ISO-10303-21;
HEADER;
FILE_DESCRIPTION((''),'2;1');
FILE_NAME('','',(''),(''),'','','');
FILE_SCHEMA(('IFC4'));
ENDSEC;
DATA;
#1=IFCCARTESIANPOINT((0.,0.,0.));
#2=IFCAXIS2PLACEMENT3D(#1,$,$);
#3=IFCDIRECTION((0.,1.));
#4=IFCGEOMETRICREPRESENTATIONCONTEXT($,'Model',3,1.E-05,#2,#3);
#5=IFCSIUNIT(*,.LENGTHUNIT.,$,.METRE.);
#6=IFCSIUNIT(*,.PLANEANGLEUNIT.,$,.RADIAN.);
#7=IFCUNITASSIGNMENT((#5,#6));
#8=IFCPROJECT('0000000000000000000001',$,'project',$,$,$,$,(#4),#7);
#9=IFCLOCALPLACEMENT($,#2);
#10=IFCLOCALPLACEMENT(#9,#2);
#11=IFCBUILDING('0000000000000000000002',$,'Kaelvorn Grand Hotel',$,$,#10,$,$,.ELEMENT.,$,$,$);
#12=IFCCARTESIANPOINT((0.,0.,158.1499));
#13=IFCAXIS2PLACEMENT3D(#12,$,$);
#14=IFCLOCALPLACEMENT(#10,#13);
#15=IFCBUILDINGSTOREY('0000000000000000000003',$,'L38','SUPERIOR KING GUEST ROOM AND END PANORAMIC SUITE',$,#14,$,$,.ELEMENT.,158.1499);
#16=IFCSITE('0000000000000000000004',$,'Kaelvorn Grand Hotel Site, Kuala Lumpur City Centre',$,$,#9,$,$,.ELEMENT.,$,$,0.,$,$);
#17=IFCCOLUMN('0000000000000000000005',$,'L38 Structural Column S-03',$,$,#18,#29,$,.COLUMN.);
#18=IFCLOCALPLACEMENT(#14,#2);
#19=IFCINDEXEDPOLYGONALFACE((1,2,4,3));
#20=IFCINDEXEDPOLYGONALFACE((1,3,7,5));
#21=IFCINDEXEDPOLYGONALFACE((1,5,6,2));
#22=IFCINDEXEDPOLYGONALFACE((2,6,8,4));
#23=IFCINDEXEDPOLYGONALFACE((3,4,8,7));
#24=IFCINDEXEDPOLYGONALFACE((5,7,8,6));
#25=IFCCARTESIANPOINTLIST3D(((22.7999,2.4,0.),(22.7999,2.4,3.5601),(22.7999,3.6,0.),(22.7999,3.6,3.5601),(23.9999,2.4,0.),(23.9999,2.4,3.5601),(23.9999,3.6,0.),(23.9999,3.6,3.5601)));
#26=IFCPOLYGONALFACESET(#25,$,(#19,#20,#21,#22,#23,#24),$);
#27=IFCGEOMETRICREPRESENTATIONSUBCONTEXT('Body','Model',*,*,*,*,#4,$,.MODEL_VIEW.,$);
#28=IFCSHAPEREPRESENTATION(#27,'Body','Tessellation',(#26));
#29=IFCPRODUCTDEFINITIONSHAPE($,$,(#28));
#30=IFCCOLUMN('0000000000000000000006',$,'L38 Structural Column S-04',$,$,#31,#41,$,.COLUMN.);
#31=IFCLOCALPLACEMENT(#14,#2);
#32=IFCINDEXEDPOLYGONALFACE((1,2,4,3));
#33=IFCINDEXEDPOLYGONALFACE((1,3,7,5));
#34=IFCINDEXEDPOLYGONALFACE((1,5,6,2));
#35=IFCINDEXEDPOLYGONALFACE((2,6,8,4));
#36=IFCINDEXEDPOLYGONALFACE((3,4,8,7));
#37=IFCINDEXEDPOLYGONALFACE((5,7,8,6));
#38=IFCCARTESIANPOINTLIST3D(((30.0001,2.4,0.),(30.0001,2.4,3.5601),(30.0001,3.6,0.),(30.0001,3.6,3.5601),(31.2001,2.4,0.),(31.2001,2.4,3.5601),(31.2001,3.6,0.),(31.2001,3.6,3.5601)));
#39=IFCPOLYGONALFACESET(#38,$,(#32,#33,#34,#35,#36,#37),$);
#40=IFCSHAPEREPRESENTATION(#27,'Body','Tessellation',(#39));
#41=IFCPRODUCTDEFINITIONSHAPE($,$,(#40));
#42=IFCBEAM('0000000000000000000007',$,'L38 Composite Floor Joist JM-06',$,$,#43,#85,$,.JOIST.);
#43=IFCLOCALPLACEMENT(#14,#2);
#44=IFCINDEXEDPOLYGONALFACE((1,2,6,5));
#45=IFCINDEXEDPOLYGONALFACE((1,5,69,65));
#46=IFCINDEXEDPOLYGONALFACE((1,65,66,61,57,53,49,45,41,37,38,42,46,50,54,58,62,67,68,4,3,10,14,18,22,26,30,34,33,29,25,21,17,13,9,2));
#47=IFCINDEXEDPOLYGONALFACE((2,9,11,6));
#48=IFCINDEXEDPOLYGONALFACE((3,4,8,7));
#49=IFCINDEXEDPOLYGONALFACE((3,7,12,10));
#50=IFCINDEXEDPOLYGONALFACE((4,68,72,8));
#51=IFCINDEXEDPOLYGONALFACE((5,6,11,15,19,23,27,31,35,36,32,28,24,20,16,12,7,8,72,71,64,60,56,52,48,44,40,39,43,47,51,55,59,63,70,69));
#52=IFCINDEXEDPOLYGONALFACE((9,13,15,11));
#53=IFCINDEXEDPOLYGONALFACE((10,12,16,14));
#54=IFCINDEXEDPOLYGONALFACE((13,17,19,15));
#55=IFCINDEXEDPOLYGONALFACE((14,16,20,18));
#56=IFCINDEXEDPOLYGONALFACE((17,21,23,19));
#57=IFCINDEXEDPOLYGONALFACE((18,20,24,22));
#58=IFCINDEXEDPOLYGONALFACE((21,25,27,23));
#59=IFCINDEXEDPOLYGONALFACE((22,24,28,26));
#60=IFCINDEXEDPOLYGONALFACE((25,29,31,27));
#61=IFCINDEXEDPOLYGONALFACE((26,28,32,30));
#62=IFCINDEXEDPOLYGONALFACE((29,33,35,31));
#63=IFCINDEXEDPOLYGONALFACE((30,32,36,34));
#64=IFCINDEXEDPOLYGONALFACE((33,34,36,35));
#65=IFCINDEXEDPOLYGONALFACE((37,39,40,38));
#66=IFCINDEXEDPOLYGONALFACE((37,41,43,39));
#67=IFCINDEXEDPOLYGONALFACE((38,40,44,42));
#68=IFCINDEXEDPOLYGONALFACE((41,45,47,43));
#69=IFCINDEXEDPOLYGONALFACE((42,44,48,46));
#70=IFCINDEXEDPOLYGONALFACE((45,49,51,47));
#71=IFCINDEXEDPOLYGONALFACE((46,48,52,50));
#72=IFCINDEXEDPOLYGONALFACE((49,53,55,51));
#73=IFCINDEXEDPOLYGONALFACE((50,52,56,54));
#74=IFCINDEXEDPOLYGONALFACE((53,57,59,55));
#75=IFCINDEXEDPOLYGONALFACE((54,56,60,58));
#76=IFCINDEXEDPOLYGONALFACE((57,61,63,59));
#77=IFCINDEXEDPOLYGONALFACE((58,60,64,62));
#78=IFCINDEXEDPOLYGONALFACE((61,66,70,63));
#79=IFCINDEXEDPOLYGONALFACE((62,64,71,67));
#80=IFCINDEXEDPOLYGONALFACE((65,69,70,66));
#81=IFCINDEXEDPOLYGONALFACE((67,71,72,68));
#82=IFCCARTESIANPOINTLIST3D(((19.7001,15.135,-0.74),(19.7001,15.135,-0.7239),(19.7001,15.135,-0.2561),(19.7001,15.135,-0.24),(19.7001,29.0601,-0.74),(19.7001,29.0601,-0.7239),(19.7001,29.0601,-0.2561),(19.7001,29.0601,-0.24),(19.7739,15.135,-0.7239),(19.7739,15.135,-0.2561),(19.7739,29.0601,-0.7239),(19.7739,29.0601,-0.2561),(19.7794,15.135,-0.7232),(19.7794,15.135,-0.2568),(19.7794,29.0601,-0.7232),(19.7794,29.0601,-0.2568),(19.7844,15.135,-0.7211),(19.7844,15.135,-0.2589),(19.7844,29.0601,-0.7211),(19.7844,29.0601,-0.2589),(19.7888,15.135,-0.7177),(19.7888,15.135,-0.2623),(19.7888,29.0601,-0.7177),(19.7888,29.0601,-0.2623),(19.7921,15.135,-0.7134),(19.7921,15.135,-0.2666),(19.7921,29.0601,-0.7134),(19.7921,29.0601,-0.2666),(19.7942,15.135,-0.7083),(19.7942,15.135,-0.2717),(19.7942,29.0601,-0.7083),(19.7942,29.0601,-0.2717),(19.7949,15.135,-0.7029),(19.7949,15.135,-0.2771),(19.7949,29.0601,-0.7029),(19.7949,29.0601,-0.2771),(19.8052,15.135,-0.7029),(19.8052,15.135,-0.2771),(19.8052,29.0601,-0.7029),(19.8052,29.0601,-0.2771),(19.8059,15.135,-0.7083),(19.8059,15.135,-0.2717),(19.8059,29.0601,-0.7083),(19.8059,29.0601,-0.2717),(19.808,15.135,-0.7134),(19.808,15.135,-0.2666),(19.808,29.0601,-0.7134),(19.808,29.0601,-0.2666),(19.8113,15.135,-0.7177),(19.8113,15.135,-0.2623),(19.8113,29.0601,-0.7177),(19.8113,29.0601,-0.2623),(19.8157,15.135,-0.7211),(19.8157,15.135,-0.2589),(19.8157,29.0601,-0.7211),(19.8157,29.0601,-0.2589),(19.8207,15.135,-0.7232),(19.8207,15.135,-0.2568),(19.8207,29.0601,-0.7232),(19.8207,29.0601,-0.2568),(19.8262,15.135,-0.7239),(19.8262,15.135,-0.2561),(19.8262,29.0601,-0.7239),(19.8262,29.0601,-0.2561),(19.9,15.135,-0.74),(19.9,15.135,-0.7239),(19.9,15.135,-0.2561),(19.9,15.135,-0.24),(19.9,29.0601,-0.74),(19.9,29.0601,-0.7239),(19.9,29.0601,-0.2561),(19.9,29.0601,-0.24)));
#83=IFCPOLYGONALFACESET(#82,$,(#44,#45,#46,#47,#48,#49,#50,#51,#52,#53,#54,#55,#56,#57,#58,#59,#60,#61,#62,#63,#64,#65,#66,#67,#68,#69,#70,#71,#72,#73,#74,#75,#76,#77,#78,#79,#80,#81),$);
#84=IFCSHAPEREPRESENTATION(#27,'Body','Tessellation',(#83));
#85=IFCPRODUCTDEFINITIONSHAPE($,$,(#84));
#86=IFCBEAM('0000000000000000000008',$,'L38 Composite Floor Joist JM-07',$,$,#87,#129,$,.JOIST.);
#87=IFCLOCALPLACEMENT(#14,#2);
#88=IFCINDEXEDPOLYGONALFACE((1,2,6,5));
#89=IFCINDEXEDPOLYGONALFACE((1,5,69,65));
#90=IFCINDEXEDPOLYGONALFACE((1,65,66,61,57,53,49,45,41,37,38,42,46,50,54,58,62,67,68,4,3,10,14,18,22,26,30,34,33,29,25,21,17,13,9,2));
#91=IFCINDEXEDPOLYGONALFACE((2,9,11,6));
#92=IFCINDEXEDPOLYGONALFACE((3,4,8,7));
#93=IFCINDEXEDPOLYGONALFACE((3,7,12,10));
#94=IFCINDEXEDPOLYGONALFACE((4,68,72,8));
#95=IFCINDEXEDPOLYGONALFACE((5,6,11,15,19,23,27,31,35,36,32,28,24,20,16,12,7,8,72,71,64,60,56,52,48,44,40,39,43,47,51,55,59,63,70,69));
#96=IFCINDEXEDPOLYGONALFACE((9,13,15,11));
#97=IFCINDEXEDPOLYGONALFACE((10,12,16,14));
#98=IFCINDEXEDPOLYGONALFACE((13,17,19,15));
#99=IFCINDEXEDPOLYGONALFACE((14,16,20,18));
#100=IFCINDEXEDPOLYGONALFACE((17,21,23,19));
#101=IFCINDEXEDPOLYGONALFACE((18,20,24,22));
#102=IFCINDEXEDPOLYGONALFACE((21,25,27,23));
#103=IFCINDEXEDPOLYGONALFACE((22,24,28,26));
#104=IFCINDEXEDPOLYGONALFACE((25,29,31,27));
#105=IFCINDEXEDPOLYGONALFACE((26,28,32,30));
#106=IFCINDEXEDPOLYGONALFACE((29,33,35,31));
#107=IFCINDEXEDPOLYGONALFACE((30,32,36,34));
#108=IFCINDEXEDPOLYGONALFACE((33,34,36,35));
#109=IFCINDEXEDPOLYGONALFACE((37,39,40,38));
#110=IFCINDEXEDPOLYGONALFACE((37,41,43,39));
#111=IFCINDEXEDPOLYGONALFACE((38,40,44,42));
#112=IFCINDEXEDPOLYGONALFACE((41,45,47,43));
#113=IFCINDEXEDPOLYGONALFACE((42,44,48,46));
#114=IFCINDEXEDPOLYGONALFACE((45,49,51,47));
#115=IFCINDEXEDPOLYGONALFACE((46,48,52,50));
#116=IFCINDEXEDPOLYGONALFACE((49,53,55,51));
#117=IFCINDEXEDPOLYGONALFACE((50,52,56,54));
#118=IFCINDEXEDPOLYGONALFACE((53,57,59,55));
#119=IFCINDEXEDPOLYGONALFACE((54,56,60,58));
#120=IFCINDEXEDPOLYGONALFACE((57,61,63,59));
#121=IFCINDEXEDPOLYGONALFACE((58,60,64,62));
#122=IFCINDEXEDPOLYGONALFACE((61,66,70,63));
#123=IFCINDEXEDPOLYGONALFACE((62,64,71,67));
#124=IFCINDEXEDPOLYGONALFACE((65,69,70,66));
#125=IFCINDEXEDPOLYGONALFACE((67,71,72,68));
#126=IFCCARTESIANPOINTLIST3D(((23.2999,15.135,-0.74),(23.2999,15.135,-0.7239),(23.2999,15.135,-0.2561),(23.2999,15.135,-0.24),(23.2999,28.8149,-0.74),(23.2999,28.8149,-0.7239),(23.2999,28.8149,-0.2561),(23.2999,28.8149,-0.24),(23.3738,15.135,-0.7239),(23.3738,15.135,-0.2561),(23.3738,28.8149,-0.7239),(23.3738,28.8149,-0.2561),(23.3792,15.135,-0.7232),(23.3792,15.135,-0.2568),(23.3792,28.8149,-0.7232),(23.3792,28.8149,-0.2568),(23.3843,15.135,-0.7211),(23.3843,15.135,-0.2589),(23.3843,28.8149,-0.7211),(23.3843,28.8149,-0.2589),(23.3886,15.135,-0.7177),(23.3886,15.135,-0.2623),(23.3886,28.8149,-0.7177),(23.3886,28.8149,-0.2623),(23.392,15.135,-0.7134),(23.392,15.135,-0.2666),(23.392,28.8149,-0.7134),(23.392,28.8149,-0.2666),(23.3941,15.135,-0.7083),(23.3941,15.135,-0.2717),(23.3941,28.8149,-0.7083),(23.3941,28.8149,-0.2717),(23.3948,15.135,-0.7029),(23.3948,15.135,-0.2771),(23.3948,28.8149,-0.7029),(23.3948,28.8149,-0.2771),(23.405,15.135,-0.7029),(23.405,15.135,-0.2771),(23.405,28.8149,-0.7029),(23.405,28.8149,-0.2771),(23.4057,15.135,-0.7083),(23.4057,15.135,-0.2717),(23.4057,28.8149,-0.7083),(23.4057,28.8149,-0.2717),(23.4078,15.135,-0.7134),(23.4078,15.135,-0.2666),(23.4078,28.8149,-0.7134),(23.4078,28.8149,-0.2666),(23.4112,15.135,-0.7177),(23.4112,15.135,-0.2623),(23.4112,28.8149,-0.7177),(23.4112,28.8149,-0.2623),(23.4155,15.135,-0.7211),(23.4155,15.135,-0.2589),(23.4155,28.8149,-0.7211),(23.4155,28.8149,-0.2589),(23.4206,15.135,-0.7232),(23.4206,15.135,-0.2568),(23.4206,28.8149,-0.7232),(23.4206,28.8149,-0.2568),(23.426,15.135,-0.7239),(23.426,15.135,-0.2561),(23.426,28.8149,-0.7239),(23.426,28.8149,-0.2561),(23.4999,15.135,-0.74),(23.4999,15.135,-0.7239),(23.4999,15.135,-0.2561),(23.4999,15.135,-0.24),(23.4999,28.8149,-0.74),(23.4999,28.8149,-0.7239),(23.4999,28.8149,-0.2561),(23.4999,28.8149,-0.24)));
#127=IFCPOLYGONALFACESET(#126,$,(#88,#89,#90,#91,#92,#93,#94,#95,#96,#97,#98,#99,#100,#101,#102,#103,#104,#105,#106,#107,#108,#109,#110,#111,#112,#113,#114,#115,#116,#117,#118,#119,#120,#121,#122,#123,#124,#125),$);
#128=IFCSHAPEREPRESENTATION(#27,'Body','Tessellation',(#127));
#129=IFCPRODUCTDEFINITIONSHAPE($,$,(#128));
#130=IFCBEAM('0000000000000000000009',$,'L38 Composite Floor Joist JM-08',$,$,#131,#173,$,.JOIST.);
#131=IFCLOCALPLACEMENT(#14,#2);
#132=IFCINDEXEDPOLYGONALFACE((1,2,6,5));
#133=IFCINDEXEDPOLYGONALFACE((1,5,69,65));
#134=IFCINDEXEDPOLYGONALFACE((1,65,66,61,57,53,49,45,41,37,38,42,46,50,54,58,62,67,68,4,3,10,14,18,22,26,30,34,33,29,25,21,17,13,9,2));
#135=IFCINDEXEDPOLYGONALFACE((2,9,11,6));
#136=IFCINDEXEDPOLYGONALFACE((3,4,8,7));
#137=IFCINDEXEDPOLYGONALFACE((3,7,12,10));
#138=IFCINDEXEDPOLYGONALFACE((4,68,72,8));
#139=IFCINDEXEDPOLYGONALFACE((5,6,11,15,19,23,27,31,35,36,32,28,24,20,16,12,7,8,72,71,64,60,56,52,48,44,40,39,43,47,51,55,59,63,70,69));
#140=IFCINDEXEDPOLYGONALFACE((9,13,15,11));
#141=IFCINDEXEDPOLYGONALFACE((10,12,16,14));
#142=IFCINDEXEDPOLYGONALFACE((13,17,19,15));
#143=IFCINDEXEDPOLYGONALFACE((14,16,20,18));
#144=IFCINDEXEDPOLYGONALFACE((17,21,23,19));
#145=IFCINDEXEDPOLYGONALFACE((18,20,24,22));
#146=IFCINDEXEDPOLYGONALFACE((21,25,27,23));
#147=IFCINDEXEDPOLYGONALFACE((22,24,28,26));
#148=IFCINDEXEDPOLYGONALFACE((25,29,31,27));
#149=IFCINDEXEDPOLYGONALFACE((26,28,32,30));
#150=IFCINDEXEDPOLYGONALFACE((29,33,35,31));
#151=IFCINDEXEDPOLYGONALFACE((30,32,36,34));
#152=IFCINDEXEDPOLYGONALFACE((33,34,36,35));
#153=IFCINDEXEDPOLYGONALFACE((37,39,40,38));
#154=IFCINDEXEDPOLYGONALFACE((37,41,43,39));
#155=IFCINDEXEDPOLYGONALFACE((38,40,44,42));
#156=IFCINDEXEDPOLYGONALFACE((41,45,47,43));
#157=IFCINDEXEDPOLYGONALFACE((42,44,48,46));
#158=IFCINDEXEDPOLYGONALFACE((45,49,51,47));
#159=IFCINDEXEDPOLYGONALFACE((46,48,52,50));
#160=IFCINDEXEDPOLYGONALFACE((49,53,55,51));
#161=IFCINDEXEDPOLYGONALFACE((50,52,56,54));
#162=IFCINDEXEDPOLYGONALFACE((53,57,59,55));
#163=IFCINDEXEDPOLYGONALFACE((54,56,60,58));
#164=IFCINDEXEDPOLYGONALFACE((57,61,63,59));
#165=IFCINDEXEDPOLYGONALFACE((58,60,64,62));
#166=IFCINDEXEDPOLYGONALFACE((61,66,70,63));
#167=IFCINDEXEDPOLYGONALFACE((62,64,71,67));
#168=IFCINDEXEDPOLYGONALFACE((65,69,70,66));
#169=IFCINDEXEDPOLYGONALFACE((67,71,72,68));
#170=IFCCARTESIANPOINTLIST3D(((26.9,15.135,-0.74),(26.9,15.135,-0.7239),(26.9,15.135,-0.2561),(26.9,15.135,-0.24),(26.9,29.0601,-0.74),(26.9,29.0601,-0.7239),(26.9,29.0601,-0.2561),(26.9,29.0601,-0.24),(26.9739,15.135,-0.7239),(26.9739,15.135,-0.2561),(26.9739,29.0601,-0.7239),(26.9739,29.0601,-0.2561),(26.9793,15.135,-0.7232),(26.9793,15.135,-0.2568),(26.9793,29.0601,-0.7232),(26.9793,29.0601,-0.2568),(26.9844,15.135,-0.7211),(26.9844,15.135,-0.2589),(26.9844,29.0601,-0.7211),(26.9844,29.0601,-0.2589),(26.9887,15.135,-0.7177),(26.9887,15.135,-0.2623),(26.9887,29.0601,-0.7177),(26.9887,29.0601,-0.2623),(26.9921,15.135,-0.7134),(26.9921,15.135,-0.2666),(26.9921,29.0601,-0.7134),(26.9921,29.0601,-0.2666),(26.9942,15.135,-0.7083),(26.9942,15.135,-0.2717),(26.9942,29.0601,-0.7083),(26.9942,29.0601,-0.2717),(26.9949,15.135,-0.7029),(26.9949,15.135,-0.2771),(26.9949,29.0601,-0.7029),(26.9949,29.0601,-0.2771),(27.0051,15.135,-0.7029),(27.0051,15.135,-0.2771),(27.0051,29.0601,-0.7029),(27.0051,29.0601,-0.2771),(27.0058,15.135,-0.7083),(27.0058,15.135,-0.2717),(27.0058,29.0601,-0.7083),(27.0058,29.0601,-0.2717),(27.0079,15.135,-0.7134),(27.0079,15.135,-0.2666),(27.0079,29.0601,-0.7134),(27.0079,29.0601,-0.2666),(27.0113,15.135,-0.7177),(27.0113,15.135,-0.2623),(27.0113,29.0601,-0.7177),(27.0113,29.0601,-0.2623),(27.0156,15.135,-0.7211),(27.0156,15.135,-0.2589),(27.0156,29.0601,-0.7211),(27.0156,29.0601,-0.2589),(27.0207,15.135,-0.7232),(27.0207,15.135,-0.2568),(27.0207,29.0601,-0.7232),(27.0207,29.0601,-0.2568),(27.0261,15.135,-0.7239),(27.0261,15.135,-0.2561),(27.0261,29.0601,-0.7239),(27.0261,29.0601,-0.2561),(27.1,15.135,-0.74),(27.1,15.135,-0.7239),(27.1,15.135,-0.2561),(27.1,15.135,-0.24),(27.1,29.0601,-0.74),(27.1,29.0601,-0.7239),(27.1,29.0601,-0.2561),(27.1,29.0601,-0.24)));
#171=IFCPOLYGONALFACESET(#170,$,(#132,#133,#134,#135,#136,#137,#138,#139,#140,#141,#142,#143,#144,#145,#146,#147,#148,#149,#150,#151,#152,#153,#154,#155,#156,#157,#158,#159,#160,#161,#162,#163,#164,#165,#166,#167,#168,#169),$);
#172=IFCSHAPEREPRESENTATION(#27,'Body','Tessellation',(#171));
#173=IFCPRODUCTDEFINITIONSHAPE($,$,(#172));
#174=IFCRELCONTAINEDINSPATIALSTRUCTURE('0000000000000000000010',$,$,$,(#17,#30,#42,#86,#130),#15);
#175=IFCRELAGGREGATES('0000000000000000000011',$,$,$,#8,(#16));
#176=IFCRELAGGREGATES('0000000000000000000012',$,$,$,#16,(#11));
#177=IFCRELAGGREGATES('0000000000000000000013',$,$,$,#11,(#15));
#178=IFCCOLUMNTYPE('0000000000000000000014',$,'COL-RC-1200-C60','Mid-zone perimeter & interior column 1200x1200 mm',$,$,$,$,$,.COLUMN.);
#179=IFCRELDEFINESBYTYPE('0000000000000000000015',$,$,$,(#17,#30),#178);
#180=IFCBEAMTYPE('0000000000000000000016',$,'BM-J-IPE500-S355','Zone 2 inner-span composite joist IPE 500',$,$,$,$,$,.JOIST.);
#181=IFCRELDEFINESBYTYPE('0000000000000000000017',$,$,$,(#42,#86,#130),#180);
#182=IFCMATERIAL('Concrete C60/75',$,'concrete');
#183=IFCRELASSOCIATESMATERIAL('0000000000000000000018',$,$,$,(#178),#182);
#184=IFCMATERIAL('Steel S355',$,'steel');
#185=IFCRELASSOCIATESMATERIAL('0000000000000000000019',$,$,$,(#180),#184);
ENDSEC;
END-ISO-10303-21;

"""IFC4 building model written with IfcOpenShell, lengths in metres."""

from ifc_helpers import new_model, si_unit, direction, frame, origin, origin_2d, place, context, subcontext, project, spatial, rectangle, i_section, extrude, material, material_profile, profile_set, type_object, element, save


model = new_model("IFC4")

# Units and contexts
model_context = context("Model", 3, precision=1e-05, world=origin(), true_north=direction((0.0, 1.0)))
body_context = subcontext(model_context, "Body", "Model", "MODEL_VIEW")
ifc_project = project(units=[si_unit("LENGTHUNIT", "METRE"), si_unit("PLANEANGLEUNIT", "RADIAN")], contexts=[model_context])

# Site, building, storey
site_placement = place(None, origin())
site = spatial("IfcSite", under=ifc_project, at=site_placement, Name="Kaelvorn Grand Hotel Site, Kuala Lumpur City Centre", CompositionType="ELEMENT", RefElevation=0.0)
building_placement = place(site_placement, origin())
building = spatial("IfcBuilding", under=site, at=building_placement, Name="Kaelvorn Grand Hotel", CompositionType="ELEMENT")
storey_placement = place(building_placement, frame((0.0, 0.0, 158.1499)))
storey = spatial("IfcBuildingStorey", under=building, at=storey_placement, Name="L38", Description="SUPERIOR KING GUEST ROOM AND END PANORAMIC SUITE", CompositionType="ELEMENT", Elevation=158.1499)

# Columns
ifc_material_1 = material(Name="Concrete C60/75", Category="concrete")
ifc_material_profile_1 = material_profile(ifc_material_1, rectangle(XDim=1.2, YDim=1.2, at=origin_2d()), Name="RC COL 1200x1200")
ifc_profile_set_1 = profile_set([ifc_material_profile_1], Name="Concrete C60/75")
column_type = type_object("IfcColumnType", Name="COL-RC-1200-C60", Description="Mid-zone perimeter & interior column 1200x1200 mm", PredefinedType="COLUMN", material=ifc_profile_set_1)
for number, where, z_axis, x_axis, name in (
    (1, (23.3999, 3.0, 0.0), (0.0, 0.0, 1.0), (1.0, 0.0, 0.0), "L38 Structural Column S-03"),
    (2, (30.6001, 3.0, 0.0), (0.0, 0.0, 1.0), (1.0, 0.0, 0.0), "L38 Structural Column S-04"),
):
    element("IfcColumn", number, at=place(storey_placement, frame(where, z_axis=z_axis, x_axis=x_axis)), inside=storey, type_object=column_type, Name=name, PredefinedType="COLUMN", context=body_context, shape_type="SweptSolid", body=[
        extrude(rectangle(XDim=1.2, YDim=1.2, at=origin_2d()), origin(), (0.0, 0.0, 1.0), 3.5601),
    ])

# Beams
ifc_material_2 = material(Name="Steel S355", Category="steel")
ifc_material_profile_2 = material_profile(ifc_material_2, i_section(OverallWidth=0.2, OverallDepth=0.5, WebThickness=0.0103, FlangeThickness=0.0161, FilletRadius=0.021, at=origin_2d()), Name="IPE 500")
ifc_profile_set_2 = profile_set([ifc_material_profile_2], Name="Steel S355")
beam_type_1 = type_object("IfcBeamType", Name="BM-J-IPE500-S355", Description="Zone 2 inner-span composite joist IPE 500", PredefinedType="JOIST", material=ifc_profile_set_2)
beam_1_placement = place(storey_placement, frame((19.8, 15.135, -0.49), z_axis=(0.0, 1.0, 0.0), x_axis=(-1.0, 0.0, 0.0)))
element("IfcBeam", 3, at=beam_1_placement, inside=storey, type_object=beam_type_1, Name="L38 Composite Floor Joist JM-06", PredefinedType="JOIST", context=body_context, shape_type="SweptSolid", body=[
    extrude(i_section(OverallWidth=0.2, OverallDepth=0.5, WebThickness=0.0103, FlangeThickness=0.0161, FilletRadius=0.021, at=origin_2d()), origin(), (0.0, 0.0, 1.0), 13.925),
])
beam_2_placement = place(storey_placement, frame((23.3999, 15.135, -0.49), z_axis=(0.0, 1.0, 0.0), x_axis=(-1.0, 0.0, 0.0)))
element("IfcBeam", 4, at=beam_2_placement, inside=storey, type_object=beam_type_1, Name="L38 Composite Floor Joist JM-07", PredefinedType="JOIST", context=body_context, shape_type="SweptSolid", body=[
    extrude(i_section(OverallWidth=0.2, OverallDepth=0.5, WebThickness=0.0103, FlangeThickness=0.0161, FilletRadius=0.021, at=origin_2d()), origin(), (0.0, 0.0, 1.0), 13.6799),
])
beam_3_placement = place(storey_placement, frame((27.0, 15.135, -0.49), z_axis=(0.0, 1.0, 0.0), x_axis=(-1.0, 0.0, 0.0)))
element("IfcBeam", 5, at=beam_3_placement, inside=storey, type_object=beam_type_1, Name="L38 Composite Floor Joist JM-08", PredefinedType="JOIST", context=body_context, shape_type="SweptSolid", body=[
    extrude(i_section(OverallWidth=0.2, OverallDepth=0.5, WebThickness=0.0103, FlangeThickness=0.0161, FilletRadius=0.021, at=origin_2d()), origin(), (0.0, 0.0, 1.0), 13.925),
])

save(model, "model.ifc")
